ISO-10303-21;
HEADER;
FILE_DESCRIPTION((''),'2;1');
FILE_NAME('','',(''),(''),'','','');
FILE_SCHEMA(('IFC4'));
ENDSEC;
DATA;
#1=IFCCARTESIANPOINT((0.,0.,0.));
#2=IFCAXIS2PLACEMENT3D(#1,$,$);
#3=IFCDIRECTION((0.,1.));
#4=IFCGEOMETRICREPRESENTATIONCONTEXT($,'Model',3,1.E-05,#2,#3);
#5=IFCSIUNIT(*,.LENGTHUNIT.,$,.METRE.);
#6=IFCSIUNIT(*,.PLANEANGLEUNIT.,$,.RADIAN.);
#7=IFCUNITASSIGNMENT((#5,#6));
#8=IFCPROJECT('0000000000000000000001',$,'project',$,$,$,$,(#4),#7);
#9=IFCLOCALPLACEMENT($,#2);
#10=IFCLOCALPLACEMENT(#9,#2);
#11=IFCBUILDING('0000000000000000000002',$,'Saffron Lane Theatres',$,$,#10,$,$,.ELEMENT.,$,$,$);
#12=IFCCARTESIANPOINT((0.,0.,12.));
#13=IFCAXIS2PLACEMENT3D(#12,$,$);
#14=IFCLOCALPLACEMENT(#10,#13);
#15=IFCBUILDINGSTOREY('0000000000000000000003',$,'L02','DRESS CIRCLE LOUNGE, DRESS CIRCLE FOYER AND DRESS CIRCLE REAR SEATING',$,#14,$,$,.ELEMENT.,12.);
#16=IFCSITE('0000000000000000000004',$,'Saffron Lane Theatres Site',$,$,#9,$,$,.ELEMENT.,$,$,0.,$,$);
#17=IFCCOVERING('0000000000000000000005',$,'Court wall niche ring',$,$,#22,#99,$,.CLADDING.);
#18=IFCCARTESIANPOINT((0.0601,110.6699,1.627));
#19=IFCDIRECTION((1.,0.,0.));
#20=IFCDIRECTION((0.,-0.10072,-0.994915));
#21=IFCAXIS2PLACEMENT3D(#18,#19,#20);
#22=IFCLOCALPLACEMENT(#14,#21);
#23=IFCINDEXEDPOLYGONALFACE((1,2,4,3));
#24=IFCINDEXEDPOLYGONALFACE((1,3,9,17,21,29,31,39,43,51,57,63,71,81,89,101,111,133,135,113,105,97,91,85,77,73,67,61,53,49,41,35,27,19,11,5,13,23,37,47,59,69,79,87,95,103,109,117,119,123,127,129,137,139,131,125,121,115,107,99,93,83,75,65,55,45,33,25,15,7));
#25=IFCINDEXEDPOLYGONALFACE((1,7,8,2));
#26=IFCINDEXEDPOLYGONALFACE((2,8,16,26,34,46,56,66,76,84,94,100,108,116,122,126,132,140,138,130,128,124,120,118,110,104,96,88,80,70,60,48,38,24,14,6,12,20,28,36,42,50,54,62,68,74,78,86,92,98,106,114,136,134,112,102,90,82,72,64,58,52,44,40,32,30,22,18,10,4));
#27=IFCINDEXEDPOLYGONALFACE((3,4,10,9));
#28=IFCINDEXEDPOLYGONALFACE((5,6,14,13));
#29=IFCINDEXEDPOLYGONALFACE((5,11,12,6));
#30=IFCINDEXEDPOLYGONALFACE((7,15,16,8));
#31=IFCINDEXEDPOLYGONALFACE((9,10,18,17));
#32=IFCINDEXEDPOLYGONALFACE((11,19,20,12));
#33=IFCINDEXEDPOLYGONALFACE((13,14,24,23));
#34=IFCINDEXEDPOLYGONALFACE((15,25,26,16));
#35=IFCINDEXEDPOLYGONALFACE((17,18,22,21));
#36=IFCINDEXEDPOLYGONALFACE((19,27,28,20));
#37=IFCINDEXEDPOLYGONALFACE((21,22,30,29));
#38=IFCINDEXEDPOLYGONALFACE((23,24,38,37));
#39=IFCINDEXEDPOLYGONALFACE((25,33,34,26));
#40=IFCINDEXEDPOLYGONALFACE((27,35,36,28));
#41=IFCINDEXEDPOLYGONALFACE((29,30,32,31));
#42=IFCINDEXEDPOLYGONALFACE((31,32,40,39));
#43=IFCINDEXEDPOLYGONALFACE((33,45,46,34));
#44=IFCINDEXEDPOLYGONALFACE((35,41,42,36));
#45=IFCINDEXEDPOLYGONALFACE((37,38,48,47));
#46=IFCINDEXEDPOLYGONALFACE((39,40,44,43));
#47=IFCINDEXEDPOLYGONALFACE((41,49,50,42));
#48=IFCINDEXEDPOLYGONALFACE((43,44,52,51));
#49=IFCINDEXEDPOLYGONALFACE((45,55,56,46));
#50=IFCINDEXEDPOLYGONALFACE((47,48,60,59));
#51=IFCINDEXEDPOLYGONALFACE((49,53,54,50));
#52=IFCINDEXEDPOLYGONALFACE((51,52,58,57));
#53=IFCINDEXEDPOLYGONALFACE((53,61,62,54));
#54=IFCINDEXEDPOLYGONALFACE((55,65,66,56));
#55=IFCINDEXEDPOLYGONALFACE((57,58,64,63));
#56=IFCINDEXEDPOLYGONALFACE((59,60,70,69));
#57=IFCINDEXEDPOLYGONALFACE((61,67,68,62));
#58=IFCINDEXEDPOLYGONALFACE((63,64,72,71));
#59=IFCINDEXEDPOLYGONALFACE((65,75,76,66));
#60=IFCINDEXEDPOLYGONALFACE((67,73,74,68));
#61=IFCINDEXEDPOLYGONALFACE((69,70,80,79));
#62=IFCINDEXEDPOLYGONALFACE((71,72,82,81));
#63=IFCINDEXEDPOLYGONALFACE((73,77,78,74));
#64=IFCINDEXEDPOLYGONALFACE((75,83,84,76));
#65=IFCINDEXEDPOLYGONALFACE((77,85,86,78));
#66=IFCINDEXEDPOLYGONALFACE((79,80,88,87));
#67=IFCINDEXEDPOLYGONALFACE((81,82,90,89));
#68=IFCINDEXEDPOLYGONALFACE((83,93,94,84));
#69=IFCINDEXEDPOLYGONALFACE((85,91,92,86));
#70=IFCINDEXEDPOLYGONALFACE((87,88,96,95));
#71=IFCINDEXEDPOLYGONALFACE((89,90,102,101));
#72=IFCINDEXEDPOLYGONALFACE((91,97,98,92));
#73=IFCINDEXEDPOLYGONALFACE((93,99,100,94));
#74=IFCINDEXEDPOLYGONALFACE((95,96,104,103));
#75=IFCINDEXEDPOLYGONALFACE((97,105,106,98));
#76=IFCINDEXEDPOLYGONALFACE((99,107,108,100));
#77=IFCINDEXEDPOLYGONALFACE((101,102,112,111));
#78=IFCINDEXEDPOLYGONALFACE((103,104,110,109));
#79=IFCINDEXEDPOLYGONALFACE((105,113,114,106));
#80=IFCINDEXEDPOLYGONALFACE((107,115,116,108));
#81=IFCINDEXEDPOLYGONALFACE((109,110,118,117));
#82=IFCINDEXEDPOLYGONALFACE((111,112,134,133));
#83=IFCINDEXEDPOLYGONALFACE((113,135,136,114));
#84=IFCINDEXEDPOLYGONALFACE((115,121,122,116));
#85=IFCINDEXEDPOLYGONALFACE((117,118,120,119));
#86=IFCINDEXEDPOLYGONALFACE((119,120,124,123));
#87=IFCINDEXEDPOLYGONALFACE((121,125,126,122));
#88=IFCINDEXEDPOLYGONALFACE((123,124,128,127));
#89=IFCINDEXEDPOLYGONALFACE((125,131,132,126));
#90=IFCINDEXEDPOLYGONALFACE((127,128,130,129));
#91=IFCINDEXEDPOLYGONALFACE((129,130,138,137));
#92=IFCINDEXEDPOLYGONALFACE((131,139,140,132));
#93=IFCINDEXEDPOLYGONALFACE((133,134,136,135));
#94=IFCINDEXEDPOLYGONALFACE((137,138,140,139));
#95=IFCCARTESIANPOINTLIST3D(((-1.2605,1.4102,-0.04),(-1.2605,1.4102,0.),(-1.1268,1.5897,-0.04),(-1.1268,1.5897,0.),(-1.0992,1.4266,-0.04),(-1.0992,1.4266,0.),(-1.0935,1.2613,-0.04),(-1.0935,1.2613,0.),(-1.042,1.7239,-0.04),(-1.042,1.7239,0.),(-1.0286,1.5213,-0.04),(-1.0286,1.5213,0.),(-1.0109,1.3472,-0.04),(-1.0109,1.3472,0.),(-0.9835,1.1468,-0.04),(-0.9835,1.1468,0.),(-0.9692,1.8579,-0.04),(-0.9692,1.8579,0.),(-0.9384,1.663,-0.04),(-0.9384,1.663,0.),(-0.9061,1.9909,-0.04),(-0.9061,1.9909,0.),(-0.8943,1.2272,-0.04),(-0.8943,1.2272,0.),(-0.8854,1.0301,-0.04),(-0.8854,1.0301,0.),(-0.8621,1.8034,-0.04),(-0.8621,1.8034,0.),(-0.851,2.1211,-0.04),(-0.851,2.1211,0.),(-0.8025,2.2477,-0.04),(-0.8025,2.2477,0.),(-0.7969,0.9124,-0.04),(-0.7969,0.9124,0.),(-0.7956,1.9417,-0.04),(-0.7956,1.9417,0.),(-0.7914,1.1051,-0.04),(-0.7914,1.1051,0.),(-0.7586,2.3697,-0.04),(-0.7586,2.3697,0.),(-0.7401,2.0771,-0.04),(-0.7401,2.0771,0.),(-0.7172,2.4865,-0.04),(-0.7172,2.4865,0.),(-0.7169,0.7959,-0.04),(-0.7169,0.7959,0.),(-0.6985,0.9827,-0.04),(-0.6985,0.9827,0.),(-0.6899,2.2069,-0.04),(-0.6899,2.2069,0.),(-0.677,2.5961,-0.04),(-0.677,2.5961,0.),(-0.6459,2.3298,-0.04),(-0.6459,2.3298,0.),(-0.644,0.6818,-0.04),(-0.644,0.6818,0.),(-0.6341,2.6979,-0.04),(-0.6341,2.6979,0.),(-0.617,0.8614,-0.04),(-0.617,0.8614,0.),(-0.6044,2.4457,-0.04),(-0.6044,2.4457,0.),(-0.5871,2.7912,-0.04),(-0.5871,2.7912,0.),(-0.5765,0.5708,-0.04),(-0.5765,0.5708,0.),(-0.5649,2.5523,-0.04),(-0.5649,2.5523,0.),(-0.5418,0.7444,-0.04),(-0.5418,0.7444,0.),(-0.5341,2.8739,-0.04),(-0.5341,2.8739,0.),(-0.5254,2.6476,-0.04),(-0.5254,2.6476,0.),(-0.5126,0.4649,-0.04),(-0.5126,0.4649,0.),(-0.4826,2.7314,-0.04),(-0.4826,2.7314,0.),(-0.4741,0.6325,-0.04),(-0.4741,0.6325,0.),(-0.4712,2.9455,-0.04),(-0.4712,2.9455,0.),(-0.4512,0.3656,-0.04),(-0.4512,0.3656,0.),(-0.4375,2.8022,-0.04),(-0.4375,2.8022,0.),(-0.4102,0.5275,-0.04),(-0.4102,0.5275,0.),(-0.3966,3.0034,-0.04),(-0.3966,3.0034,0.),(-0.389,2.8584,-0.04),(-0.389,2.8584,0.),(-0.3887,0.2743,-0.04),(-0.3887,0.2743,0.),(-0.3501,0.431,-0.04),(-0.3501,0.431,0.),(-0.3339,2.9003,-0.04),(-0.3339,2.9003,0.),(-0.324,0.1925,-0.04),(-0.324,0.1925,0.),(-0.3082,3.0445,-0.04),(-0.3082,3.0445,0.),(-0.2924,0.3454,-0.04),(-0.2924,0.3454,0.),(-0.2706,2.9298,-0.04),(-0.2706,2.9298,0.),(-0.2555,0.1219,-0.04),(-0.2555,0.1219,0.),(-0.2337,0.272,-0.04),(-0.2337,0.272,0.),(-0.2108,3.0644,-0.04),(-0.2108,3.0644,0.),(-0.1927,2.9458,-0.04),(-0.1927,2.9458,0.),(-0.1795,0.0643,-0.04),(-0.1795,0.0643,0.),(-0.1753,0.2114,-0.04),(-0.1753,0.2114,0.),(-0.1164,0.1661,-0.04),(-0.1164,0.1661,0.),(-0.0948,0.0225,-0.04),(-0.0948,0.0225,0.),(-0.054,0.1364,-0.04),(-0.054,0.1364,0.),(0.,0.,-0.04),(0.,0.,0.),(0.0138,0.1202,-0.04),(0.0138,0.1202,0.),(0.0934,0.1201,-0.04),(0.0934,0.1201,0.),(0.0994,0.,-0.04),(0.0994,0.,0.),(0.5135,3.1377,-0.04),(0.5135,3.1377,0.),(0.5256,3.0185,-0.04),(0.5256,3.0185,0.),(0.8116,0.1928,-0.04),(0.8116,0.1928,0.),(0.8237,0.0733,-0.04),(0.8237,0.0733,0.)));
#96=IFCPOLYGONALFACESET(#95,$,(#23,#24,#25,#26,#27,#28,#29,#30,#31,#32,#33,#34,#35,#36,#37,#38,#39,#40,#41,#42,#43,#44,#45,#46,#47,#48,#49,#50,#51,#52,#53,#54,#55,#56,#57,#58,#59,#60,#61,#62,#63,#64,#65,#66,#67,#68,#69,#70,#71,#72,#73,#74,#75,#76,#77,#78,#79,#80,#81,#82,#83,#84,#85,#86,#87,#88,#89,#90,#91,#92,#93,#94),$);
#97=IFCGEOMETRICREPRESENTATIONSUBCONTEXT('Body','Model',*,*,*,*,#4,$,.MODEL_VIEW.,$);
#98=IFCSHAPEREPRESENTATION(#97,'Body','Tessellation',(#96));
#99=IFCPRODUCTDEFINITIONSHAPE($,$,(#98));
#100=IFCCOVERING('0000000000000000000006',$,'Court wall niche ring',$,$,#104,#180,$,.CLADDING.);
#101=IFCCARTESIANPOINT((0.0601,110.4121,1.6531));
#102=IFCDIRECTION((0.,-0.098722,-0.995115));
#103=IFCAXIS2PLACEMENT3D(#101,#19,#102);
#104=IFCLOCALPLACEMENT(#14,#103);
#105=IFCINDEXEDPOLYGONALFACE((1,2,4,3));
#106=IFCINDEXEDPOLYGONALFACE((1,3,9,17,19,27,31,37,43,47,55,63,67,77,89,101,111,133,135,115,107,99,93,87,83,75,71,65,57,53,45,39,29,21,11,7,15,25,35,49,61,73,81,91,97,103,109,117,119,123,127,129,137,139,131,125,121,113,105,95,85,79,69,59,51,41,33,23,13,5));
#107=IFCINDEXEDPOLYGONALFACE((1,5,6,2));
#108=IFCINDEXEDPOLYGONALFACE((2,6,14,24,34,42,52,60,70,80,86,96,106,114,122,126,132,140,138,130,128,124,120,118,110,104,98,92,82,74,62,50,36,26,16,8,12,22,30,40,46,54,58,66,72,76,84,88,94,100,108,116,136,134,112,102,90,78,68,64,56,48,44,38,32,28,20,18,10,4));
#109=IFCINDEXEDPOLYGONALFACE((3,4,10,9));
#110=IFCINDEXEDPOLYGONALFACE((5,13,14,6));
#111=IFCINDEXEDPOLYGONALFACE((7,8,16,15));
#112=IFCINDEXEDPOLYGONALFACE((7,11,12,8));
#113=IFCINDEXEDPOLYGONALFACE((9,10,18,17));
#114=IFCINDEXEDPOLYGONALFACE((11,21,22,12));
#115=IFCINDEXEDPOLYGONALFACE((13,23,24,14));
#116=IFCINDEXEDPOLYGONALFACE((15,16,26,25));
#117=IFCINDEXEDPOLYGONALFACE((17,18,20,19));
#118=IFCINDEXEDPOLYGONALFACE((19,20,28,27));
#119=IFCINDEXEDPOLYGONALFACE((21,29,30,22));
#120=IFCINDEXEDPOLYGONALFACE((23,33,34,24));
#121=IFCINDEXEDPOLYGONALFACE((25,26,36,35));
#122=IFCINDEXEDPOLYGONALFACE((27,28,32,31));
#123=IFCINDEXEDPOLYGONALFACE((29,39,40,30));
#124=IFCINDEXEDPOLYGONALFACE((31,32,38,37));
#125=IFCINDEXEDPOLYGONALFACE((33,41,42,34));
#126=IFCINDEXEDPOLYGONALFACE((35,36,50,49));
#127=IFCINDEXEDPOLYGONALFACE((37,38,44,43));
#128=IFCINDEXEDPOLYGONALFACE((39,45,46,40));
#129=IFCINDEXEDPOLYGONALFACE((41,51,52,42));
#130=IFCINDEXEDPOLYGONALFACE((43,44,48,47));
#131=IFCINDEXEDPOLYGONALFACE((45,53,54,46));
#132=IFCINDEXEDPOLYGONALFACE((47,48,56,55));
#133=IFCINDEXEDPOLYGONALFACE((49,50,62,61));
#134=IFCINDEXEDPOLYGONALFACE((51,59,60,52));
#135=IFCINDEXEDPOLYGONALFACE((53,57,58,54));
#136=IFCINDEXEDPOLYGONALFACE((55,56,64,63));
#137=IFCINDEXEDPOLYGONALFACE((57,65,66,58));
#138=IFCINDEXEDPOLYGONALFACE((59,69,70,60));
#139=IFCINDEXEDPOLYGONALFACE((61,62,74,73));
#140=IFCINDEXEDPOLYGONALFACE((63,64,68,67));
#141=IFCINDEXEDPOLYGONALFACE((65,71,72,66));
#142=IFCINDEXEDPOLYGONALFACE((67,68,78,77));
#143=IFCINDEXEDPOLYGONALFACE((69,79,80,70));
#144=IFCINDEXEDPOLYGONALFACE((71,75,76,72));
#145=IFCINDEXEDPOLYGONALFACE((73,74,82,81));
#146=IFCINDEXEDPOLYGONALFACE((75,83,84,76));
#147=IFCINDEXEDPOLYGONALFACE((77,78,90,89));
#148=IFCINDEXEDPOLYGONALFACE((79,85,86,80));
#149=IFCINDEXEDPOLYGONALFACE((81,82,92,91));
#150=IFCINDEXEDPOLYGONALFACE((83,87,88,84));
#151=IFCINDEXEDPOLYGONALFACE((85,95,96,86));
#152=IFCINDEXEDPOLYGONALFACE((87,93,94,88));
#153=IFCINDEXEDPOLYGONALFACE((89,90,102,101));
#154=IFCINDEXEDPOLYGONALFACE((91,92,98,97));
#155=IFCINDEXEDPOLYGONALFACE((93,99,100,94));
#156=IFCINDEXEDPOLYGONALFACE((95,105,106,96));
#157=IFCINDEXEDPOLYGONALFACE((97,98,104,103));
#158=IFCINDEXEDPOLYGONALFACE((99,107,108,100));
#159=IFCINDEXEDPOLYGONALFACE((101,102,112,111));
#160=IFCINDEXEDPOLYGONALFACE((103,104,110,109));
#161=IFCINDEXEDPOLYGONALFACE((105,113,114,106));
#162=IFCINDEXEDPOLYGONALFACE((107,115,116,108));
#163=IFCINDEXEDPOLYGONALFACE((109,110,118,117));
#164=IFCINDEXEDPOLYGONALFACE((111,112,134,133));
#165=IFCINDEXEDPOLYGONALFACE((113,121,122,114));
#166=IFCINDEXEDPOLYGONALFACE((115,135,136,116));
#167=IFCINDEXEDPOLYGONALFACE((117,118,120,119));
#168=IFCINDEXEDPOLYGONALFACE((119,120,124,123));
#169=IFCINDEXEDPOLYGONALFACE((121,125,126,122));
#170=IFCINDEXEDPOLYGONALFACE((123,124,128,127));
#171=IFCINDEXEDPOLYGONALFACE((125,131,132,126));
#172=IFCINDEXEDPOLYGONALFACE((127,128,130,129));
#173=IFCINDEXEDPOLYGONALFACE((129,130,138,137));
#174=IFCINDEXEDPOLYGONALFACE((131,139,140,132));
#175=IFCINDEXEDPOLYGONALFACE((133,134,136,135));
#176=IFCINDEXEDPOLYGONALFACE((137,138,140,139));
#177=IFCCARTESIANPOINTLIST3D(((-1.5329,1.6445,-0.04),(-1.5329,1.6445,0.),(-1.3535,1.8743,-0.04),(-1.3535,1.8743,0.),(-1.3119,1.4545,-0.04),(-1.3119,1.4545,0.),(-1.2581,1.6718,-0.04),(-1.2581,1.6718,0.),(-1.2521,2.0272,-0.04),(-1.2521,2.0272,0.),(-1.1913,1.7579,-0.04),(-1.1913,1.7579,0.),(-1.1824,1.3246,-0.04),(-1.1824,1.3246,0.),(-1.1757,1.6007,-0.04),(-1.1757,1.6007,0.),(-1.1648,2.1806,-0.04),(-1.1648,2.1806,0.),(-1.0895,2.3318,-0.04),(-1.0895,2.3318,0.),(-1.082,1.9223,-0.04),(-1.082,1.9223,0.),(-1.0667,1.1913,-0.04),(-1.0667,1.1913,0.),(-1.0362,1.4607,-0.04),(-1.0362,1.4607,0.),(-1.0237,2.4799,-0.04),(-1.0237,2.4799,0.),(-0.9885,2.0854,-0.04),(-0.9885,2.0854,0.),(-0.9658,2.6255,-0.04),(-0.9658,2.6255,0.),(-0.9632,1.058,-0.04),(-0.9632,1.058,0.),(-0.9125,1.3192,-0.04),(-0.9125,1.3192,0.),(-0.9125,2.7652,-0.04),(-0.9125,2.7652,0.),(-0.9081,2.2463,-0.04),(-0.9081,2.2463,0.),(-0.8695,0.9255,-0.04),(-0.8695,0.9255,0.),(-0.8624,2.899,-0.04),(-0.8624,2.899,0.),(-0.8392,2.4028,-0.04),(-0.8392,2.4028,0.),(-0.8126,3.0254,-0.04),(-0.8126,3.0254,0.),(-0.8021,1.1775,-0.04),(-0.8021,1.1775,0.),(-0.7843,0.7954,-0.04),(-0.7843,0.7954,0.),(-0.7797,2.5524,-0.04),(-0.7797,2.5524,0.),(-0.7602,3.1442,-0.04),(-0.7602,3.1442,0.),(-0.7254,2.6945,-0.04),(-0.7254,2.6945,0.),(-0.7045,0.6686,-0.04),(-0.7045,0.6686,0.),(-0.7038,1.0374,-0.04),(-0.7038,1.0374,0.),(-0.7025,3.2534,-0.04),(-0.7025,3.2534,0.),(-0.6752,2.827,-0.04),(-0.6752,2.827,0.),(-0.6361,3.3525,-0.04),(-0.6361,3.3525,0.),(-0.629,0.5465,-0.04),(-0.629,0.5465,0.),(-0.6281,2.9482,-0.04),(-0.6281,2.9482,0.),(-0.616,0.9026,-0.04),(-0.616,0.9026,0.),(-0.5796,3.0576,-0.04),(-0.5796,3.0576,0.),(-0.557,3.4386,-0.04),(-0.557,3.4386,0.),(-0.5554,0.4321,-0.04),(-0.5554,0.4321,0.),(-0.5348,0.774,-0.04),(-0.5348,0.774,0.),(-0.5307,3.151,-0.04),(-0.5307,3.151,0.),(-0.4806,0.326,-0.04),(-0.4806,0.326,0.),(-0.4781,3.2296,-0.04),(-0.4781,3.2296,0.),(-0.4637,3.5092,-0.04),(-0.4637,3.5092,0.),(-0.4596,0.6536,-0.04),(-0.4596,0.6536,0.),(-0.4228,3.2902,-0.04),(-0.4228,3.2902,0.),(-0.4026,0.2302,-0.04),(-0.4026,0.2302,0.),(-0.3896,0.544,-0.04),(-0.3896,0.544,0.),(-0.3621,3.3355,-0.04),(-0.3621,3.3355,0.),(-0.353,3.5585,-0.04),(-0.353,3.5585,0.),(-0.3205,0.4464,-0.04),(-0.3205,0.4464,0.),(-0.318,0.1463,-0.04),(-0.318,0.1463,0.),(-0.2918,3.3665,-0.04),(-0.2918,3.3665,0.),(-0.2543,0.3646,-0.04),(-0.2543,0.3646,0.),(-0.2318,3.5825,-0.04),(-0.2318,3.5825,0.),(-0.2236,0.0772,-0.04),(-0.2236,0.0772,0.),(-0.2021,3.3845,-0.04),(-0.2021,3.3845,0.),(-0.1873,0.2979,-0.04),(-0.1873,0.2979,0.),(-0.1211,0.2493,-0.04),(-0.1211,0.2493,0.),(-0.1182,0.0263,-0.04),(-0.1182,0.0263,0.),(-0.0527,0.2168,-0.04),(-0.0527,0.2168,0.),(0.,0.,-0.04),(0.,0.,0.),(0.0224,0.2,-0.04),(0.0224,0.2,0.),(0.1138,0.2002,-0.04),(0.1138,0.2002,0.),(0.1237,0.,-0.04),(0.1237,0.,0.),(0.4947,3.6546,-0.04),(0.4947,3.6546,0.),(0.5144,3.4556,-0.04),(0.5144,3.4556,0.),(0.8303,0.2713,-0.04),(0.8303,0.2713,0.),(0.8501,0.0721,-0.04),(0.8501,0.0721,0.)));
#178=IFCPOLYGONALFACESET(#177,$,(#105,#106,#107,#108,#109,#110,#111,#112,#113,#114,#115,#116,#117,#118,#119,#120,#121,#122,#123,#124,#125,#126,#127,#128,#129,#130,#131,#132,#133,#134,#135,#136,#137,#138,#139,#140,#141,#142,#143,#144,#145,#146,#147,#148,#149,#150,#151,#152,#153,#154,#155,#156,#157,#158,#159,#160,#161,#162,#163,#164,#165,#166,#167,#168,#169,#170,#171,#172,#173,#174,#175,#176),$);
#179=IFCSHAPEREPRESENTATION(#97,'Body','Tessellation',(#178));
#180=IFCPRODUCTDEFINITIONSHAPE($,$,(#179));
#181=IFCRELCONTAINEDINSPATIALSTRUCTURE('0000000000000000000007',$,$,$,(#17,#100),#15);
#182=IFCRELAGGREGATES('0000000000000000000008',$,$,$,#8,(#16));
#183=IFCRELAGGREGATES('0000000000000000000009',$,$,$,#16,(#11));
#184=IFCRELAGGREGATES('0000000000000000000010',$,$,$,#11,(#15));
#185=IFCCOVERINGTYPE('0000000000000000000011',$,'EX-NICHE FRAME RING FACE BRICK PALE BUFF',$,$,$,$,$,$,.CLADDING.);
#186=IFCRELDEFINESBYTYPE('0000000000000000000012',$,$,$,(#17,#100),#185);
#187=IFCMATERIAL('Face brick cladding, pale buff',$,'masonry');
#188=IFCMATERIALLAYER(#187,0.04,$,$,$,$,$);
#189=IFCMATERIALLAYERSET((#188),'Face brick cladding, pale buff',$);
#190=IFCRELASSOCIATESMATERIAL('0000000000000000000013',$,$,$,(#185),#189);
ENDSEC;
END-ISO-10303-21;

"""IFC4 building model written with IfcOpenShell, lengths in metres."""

from ifc_helpers import new_model, si_unit, direction, frame, origin, place, context, subcontext, project, spatial, polyline, outline, extrude, material, layer, layer_set, type_object, element, save


model = new_model("IFC4")

# Units and contexts
model_context = context("Model", 3, precision=1e-05, world=origin(), true_north=direction((0.0, 1.0)))
body_context = subcontext(model_context, "Body", "Model", "MODEL_VIEW")
ifc_project = project(units=[si_unit("LENGTHUNIT", "METRE"), si_unit("PLANEANGLEUNIT", "RADIAN")], contexts=[model_context])

# Site, building, storey
site_placement = place(None, origin())
site = spatial("IfcSite", under=ifc_project, at=site_placement, Name="Saffron Lane Theatres Site", CompositionType="ELEMENT", RefElevation=0.0)
building_placement = place(site_placement, origin())
building = spatial("IfcBuilding", under=site, at=building_placement, Name="Saffron Lane Theatres", CompositionType="ELEMENT")
storey_placement = place(building_placement, frame((0.0, 0.0, 12.0)))
storey = spatial("IfcBuildingStorey", under=building, at=storey_placement, Name="L02", Description="DRESS CIRCLE LOUNGE, DRESS CIRCLE FOYER AND DRESS CIRCLE REAR SEATING", CompositionType="ELEMENT", Elevation=12.0)

# Coverings
ifc_material_1 = material(Name="Face brick cladding, pale buff", Category="masonry")
ifc_layer_1 = layer(ifc_material_1, 0.04)
ifc_layer_set_1 = layer_set([ifc_layer_1], Name="Face brick cladding, pale buff")
covering_type_1 = type_object("IfcCoveringType", Name="EX-NICHE FRAME RING FACE BRICK PALE BUFF", PredefinedType="CLADDING", material=ifc_layer_set_1)
covering_1_placement = place(storey_placement, frame((0.0601, 110.6699, 1.627), z_axis=(1.0, 0.0, 0.0), x_axis=(0.0, -0.10072, -0.994915)))
element("IfcCovering", 1, at=covering_1_placement, inside=storey, type_object=covering_type_1, Name="Court wall niche ring", PredefinedType="CLADDING", context=body_context, shape_type="SweptSolid", body=[
    extrude(outline(polyline([(0.0, 0.0), (0.0994, 0.0), (0.8237, 0.0733), (0.8116, 0.1928), (0.0934, 0.1201), (0.0138, 0.1202), (-0.054, 0.1364), (-0.1164, 0.1661), (-0.1753, 0.2114), (-0.2337, 0.272), (-0.2924, 0.3454), (-0.3501, 0.431), (-0.4102, 0.5275), (-0.4741, 0.6325), (-0.5418, 0.7444), (-0.617, 0.8614), (-0.6985, 0.9827), (-0.7914, 1.1051), (-0.8943, 1.2272), (-1.0109, 1.3472), (-1.0992, 1.4266), (-1.0286, 1.5213), (-0.9384, 1.663), (-0.8621, 1.8034), (-0.7956, 1.9417), (-0.7401, 2.0771), (-0.6899, 2.2069), (-0.6459, 2.3298), (-0.6044, 2.4457), (-0.5649, 2.5523), (-0.5254, 2.6476), (-0.4826, 2.7314), (-0.4375, 2.8022), (-0.389, 2.8584), (-0.3339, 2.9003), (-0.2706, 2.9298), (-0.1927, 2.9458), (0.5256, 3.0185), (0.5135, 3.1377), (-0.2108, 3.0644), (-0.3082, 3.0445), (-0.3966, 3.0034), (-0.4712, 2.9455), (-0.5341, 2.8739), (-0.5871, 2.7912), (-0.6341, 2.6979), (-0.677, 2.5961), (-0.7172, 2.4865), (-0.7586, 2.3697), (-0.8025, 2.2477), (-0.851, 2.1211), (-0.9061, 1.9909), (-0.9692, 1.8579), (-1.042, 1.7239), (-1.1268, 1.5897), (-1.2605, 1.4102), (-1.0935, 1.2613), (-0.9835, 1.1468), (-0.8854, 1.0301), (-0.7969, 0.9124), (-0.7169, 0.7959), (-0.644, 0.6818), (-0.5765, 0.5708), (-0.5126, 0.4649), (-0.4512, 0.3656), (-0.3887, 0.2743), (-0.324, 0.1925), (-0.2555, 0.1219), (-0.1795, 0.0643), (-0.0948, 0.0225), (0.0, 0.0)])), origin(), (0.0, 0.0, -1.0), 0.04),
])
covering_2_placement = place(storey_placement, frame((0.0601, 110.4121, 1.6531), z_axis=(1.0, 0.0, 0.0), x_axis=(0.0, -0.098722, -0.995115)))
element("IfcCovering", 2, at=covering_2_placement, inside=storey, type_object=covering_type_1, Name="Court wall niche ring", PredefinedType="CLADDING", context=body_context, shape_type="SweptSolid", body=[
    extrude(outline(polyline([(0.0, 0.0), (0.1237, 0.0), (0.8501, 0.0721), (0.8303, 0.2713), (0.1138, 0.2002), (0.0224, 0.2), (-0.0527, 0.2168), (-0.1211, 0.2493), (-0.1873, 0.2979), (-0.2543, 0.3646), (-0.3205, 0.4464), (-0.3896, 0.544), (-0.4596, 0.6536), (-0.5348, 0.774), (-0.616, 0.9026), (-0.7038, 1.0374), (-0.8021, 1.1775), (-0.9125, 1.3192), (-1.0362, 1.4607), (-1.1757, 1.6007), (-1.2581, 1.6718), (-1.1913, 1.7579), (-1.082, 1.9223), (-0.9885, 2.0854), (-0.9081, 2.2463), (-0.8392, 2.4028), (-0.7797, 2.5524), (-0.7254, 2.6945), (-0.6752, 2.827), (-0.6281, 2.9482), (-0.5796, 3.0576), (-0.5307, 3.151), (-0.4781, 3.2296), (-0.4228, 3.2902), (-0.3621, 3.3355), (-0.2918, 3.3665), (-0.2021, 3.3845), (0.5144, 3.4556), (0.4947, 3.6546), (-0.2318, 3.5825), (-0.353, 3.5585), (-0.4637, 3.5092), (-0.557, 3.4386), (-0.6361, 3.3525), (-0.7025, 3.2534), (-0.7602, 3.1442), (-0.8126, 3.0254), (-0.8624, 2.899), (-0.9125, 2.7652), (-0.9658, 2.6255), (-1.0237, 2.4799), (-1.0895, 2.3318), (-1.1648, 2.1806), (-1.2521, 2.0272), (-1.3535, 1.8743), (-1.5329, 1.6445), (-1.3119, 1.4545), (-1.1824, 1.3246), (-1.0667, 1.1913), (-0.9632, 1.058), (-0.8695, 0.9255), (-0.7843, 0.7954), (-0.7045, 0.6686), (-0.629, 0.5465), (-0.5554, 0.4321), (-0.4806, 0.326), (-0.4026, 0.2302), (-0.318, 0.1463), (-0.2236, 0.0772), (-0.1182, 0.0263), (0.0, 0.0)])), origin(), (0.0, 0.0, -1.0), 0.04),
])

save(model, "model.ifc")
